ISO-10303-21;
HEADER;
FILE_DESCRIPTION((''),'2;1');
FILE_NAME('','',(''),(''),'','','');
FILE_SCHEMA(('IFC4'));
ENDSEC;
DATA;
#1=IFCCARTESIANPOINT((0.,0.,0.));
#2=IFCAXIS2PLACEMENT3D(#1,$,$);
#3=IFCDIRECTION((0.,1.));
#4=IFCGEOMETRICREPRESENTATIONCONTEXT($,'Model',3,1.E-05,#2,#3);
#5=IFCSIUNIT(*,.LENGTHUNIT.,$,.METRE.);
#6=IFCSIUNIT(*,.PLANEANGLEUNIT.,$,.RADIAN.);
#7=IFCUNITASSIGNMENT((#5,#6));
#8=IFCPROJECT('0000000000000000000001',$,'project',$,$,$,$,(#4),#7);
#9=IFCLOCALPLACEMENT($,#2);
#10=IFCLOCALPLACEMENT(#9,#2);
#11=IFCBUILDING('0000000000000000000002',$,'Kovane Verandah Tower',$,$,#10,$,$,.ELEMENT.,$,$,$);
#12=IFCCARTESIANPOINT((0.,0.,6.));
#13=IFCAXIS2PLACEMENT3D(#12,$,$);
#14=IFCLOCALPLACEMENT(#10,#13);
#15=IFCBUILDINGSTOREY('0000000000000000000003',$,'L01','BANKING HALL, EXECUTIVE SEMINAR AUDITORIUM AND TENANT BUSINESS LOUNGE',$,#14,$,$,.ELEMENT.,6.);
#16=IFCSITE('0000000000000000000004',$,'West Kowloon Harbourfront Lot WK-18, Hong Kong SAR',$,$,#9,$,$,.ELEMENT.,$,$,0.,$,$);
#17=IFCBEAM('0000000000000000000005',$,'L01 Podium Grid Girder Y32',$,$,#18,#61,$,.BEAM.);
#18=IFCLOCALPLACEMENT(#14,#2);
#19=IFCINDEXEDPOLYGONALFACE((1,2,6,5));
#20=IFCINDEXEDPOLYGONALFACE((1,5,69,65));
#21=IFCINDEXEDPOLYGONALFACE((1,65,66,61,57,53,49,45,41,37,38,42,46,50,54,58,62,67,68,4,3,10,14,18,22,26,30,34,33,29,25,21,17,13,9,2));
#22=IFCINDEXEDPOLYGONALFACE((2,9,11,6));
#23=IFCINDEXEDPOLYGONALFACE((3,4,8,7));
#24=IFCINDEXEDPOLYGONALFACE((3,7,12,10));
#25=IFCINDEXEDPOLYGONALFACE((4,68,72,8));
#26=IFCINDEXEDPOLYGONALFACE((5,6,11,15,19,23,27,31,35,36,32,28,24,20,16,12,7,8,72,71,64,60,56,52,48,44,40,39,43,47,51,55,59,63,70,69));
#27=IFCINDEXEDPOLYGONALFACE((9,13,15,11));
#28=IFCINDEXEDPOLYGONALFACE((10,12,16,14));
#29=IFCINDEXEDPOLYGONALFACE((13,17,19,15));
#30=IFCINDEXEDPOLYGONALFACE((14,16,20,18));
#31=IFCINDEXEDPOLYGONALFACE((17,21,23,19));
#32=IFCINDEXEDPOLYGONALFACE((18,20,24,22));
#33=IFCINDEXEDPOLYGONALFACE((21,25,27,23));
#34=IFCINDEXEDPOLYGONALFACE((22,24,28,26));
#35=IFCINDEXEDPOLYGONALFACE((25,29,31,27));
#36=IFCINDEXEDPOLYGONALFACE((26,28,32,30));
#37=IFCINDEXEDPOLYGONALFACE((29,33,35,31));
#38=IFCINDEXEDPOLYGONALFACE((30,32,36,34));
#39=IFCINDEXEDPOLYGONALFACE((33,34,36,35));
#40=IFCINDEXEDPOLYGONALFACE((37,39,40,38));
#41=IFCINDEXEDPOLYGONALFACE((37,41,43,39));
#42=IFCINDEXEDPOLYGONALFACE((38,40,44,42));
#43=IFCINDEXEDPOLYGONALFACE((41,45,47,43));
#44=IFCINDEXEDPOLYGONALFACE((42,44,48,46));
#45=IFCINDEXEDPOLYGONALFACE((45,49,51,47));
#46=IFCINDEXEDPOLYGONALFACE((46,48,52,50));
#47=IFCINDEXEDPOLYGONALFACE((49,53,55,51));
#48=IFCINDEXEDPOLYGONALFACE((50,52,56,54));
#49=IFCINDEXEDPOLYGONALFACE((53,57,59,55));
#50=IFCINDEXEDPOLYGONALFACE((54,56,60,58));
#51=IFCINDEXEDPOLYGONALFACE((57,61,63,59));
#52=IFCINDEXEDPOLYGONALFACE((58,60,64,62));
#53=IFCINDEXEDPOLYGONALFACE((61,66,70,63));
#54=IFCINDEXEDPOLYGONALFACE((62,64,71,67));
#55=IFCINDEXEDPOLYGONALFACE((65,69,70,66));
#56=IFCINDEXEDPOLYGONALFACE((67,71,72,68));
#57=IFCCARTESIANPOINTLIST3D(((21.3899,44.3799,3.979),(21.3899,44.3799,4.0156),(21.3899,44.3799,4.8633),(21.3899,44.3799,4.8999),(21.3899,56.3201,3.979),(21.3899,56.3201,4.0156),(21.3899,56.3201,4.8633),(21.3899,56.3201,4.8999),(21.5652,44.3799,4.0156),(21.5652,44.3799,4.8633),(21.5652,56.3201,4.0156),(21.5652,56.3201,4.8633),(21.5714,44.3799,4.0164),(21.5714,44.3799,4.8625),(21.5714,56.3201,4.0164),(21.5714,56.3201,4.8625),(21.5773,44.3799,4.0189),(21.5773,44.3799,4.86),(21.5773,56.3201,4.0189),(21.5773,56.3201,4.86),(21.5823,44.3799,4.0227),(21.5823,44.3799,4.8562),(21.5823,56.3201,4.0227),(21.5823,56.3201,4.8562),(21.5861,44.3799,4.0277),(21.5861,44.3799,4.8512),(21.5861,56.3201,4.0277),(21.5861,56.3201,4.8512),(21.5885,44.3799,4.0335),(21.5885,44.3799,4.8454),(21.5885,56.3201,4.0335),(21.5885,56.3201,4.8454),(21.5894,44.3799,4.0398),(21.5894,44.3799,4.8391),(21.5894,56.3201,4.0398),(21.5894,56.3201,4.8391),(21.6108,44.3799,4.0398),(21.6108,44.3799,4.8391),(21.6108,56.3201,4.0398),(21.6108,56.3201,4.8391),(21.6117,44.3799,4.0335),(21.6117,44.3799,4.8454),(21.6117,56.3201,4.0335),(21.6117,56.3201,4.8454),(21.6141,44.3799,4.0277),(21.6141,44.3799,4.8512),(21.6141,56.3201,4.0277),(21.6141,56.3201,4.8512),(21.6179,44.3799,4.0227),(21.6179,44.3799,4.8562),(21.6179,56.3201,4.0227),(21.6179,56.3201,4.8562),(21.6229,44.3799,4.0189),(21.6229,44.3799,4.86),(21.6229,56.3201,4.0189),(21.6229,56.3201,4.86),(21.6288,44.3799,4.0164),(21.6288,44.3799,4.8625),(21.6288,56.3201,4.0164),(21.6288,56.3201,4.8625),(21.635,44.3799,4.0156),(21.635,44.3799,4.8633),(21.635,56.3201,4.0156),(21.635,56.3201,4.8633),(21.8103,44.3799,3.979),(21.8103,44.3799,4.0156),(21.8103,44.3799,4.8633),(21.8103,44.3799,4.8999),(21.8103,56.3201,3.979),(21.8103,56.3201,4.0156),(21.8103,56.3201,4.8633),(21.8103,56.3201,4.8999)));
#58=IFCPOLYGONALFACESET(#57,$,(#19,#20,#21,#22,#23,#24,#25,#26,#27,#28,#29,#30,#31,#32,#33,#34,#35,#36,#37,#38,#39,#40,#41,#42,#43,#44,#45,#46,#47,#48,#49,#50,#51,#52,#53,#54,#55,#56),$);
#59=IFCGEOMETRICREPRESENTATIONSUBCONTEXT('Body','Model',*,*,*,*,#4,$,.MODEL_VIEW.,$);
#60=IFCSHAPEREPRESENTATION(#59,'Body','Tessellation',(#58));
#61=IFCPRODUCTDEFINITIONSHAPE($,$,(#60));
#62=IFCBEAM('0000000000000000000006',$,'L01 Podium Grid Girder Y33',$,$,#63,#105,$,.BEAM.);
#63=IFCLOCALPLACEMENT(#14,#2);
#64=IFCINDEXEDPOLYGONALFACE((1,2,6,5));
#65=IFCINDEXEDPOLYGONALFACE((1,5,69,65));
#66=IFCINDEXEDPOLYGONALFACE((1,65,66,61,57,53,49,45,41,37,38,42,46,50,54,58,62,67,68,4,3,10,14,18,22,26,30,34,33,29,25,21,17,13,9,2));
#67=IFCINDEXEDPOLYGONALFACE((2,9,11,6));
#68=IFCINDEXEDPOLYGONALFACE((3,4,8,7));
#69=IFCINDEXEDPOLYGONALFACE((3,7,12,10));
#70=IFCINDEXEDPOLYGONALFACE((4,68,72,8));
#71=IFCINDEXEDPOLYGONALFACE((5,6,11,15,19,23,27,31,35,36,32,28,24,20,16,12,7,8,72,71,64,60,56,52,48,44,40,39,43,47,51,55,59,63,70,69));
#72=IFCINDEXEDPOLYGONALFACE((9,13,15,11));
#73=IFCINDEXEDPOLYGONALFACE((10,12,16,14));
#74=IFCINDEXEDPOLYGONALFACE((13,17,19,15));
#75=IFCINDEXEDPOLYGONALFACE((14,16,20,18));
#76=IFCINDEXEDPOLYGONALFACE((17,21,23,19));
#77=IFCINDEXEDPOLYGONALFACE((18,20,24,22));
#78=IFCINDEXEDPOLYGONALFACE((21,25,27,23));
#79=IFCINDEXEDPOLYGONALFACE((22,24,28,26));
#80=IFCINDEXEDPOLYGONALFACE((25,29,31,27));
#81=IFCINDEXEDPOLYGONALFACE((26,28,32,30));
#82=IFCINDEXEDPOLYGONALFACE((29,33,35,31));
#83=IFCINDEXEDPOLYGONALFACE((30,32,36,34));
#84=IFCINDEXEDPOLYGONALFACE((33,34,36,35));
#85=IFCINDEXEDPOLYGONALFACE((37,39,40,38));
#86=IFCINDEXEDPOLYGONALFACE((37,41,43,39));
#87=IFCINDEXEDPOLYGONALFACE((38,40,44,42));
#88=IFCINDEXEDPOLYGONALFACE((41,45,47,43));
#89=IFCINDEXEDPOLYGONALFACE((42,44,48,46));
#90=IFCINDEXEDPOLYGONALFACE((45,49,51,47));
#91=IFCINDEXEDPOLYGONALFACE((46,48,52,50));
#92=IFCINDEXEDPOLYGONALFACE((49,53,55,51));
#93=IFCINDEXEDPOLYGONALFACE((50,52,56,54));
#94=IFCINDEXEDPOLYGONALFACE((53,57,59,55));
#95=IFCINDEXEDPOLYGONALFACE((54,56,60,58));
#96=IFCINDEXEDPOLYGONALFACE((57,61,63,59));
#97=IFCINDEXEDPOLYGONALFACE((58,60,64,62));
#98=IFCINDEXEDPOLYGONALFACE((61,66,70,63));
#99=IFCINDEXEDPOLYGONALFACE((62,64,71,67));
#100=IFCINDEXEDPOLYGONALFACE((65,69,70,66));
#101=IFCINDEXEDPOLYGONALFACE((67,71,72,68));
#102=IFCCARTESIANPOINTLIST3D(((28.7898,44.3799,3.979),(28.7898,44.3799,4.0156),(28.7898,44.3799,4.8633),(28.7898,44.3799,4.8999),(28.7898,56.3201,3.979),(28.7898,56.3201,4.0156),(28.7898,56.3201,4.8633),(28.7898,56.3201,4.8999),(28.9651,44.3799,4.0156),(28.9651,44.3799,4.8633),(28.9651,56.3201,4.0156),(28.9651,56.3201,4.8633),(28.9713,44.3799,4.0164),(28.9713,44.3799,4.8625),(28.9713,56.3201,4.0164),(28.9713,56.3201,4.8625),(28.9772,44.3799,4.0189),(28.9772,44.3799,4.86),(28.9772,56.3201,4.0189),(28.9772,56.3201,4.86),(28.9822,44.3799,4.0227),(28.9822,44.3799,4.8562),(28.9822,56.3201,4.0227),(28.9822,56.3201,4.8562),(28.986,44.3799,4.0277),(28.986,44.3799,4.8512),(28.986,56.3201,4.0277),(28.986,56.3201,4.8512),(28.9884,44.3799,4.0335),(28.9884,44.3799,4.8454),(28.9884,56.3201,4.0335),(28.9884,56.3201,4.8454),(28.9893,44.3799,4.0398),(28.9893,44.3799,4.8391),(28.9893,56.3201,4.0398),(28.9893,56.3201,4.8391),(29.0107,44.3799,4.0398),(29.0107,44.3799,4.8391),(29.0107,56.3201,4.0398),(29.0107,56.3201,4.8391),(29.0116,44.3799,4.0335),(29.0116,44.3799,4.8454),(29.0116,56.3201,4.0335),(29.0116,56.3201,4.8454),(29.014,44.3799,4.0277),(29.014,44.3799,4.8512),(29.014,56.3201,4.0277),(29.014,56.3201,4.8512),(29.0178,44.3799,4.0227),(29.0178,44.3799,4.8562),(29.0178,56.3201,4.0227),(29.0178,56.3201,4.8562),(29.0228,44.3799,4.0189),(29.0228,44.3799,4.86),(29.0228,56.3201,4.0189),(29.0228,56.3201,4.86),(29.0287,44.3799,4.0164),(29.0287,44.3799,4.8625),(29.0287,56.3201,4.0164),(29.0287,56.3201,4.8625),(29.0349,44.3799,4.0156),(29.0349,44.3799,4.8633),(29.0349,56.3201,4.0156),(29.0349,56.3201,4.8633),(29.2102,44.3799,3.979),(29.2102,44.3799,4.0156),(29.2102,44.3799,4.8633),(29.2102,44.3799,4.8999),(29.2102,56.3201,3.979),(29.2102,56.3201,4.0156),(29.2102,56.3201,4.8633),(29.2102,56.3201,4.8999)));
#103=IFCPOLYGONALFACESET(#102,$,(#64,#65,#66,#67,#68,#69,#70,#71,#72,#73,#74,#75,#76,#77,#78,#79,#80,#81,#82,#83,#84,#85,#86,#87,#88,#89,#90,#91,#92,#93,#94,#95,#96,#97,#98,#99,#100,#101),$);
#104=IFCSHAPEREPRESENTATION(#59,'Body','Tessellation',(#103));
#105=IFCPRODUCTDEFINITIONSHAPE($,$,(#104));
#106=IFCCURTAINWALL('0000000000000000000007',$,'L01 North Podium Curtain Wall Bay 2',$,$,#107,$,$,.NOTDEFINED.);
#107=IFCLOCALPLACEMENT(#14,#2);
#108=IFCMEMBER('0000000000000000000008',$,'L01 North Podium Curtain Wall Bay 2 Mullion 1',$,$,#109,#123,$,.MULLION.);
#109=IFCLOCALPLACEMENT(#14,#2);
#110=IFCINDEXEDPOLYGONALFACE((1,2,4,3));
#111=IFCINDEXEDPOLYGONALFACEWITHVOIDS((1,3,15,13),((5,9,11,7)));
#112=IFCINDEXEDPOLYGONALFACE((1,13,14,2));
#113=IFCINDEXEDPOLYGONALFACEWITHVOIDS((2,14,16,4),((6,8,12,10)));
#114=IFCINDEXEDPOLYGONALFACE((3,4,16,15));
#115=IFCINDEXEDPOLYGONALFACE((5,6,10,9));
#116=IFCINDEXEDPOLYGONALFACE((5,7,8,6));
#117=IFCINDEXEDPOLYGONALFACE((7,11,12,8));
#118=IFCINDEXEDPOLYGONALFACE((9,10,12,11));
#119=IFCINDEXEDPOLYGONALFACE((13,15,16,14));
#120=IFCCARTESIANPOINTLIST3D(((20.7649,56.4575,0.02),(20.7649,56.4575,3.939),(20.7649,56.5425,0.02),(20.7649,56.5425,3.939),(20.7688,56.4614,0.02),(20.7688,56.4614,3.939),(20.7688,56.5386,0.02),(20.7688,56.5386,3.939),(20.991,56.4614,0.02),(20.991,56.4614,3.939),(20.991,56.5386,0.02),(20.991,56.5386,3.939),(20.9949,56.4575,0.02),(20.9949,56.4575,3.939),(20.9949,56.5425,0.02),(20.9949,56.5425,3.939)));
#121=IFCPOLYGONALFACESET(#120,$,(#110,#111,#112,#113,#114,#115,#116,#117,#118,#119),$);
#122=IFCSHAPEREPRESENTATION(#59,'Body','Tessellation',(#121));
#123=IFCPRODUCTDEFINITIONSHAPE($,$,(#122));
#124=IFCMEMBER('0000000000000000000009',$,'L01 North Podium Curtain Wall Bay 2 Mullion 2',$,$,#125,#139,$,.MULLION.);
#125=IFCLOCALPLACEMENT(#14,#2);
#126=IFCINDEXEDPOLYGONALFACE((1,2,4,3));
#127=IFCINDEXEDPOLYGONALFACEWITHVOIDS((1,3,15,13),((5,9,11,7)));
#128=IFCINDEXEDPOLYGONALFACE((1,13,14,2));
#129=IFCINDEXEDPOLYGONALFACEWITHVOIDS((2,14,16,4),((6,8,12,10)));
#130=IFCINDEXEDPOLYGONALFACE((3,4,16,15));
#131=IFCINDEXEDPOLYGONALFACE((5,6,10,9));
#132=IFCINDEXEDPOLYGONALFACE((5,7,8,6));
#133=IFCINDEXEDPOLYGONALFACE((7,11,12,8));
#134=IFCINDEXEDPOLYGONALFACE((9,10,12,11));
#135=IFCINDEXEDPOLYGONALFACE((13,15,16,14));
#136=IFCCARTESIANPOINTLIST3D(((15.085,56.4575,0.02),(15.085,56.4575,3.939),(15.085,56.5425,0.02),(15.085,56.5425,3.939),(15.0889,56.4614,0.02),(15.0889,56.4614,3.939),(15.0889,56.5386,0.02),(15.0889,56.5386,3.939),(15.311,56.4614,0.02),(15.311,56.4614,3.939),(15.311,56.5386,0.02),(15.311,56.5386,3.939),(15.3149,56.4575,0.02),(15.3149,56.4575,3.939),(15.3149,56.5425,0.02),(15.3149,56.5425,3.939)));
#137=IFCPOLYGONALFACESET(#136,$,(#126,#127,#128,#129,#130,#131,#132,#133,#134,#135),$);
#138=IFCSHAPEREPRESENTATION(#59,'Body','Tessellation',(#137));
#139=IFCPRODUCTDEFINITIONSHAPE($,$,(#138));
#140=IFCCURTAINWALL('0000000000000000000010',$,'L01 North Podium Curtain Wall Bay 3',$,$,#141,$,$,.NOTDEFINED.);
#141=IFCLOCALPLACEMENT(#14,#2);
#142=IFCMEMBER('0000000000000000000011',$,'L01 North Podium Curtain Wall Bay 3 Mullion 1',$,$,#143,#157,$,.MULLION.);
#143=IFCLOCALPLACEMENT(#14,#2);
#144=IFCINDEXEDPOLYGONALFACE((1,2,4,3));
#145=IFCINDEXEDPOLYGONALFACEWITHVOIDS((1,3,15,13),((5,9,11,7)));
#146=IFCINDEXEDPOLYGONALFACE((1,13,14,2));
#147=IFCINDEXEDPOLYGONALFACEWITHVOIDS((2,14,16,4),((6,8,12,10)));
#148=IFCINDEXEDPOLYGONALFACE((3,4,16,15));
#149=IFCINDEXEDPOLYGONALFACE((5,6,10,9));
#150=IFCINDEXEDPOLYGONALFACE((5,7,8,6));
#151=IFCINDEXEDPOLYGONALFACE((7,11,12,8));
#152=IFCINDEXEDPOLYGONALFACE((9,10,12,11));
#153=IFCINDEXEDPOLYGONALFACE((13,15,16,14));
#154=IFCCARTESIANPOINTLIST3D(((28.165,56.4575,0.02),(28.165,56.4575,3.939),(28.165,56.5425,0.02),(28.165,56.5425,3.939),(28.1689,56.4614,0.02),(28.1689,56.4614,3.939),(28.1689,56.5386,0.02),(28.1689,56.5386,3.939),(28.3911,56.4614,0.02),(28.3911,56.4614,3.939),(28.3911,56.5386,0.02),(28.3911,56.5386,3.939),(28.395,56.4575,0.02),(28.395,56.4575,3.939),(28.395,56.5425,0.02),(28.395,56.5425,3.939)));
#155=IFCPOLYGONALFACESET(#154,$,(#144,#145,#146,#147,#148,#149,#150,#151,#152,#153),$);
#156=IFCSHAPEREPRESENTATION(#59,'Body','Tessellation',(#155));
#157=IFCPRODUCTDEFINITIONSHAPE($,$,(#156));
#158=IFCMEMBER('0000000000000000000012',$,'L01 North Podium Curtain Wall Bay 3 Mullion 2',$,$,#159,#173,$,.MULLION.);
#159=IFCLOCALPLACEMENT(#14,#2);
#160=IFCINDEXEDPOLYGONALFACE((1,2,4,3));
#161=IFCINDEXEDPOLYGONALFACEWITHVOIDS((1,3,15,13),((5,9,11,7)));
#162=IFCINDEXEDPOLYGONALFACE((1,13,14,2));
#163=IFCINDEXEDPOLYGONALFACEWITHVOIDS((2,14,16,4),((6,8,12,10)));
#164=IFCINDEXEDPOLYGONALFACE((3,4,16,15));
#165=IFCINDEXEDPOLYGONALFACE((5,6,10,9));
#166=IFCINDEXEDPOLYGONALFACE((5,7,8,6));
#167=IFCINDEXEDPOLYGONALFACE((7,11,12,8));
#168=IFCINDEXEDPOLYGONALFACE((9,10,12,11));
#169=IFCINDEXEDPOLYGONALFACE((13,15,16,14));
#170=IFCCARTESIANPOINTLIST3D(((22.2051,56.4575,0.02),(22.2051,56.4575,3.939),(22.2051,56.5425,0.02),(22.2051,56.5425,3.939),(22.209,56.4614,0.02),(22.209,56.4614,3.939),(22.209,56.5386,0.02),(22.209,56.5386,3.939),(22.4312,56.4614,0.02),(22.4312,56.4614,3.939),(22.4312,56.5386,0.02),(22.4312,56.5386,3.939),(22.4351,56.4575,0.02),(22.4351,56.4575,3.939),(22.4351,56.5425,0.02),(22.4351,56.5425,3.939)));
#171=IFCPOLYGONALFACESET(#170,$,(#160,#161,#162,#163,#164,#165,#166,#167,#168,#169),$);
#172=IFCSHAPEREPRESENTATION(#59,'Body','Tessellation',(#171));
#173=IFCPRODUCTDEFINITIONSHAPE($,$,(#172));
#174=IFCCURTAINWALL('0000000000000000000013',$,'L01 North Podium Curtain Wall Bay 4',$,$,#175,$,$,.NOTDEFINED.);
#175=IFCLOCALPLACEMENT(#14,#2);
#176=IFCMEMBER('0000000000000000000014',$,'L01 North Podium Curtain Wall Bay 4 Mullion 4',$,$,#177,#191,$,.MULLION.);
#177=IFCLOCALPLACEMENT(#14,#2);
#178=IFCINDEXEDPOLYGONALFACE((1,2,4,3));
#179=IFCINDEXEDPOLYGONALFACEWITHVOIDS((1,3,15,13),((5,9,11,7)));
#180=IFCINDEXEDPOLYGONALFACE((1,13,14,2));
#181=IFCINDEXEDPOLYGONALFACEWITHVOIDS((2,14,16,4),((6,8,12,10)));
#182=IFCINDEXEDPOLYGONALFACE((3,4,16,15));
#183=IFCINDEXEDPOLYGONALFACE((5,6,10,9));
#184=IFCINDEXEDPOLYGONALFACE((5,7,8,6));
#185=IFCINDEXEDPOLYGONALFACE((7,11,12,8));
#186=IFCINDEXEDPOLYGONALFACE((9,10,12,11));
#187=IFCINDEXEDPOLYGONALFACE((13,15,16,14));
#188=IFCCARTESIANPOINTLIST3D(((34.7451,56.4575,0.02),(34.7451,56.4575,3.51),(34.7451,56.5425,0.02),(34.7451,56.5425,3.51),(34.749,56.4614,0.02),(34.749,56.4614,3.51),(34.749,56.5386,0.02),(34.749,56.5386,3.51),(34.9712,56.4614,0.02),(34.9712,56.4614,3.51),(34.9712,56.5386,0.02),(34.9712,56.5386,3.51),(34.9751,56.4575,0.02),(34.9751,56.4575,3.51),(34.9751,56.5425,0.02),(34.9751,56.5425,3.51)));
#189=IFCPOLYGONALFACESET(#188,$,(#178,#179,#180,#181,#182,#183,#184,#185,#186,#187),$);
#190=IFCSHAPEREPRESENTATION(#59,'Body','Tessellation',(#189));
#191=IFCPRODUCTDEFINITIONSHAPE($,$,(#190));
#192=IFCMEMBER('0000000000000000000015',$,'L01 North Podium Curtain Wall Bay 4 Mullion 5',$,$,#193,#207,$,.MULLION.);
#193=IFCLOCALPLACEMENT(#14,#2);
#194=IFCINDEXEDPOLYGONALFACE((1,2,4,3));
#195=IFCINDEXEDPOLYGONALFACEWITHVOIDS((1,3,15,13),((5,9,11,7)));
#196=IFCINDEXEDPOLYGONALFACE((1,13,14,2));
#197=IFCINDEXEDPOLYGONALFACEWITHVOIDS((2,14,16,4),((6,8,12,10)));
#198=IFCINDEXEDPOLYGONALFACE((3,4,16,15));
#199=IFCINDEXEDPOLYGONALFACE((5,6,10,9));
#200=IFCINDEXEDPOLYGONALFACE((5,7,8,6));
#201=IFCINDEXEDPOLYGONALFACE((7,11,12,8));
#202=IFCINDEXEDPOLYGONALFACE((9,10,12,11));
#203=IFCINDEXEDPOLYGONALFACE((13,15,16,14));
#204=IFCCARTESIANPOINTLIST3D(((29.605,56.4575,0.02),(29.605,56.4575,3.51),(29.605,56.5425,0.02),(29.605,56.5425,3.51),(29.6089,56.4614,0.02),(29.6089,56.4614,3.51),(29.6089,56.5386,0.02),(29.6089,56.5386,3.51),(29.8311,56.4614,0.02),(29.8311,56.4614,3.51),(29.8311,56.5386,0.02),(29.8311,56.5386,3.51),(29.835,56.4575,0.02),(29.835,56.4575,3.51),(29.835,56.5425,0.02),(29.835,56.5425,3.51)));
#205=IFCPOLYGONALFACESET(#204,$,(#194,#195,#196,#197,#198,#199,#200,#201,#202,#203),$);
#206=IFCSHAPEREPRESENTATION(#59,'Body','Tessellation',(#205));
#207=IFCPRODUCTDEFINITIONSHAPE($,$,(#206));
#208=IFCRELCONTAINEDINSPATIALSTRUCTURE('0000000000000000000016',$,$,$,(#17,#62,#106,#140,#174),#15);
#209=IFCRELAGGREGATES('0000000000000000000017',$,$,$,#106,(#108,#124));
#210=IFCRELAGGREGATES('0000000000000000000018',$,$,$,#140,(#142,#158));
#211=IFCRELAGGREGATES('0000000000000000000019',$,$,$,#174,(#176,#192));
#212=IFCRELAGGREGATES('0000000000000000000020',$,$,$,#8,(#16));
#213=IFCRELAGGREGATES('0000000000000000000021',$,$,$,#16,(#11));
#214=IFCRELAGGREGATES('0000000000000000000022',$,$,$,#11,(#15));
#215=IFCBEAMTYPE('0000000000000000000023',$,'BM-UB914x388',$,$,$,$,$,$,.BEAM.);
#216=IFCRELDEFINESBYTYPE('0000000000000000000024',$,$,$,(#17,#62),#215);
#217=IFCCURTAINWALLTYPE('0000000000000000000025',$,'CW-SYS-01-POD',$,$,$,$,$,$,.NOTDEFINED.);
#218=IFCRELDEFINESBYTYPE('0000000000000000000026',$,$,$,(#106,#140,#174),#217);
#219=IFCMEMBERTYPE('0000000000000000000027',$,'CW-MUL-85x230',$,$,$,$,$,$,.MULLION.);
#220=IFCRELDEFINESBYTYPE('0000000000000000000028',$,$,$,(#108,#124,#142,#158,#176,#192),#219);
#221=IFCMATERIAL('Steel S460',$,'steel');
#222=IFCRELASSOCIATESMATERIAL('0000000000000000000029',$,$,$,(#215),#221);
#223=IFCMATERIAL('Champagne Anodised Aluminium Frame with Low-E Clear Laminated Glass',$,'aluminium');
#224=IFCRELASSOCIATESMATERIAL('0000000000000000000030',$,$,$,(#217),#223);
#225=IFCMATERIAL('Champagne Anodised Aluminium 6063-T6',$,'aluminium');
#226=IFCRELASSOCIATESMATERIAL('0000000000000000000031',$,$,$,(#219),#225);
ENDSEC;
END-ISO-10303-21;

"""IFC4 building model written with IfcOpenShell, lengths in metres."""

from ifc_helpers import new_model, si_unit, direction, frame, origin, origin_2d, place, context, subcontext, project, spatial, hollow_rectangle, i_section, extrude, material, material_profile, profile_set, type_object, element, aggregate, save


model = new_model("IFC4")

# Units and contexts
model_context = context("Model", 3, precision=1e-05, world=origin(), true_north=direction((0.0, 1.0)))
body_context = subcontext(model_context, "Body", "Model", "MODEL_VIEW")
ifc_project = project(units=[si_unit("LENGTHUNIT", "METRE"), si_unit("PLANEANGLEUNIT", "RADIAN")], contexts=[model_context])

# Site, building, storey
site_placement = place(None, origin())
site = spatial("IfcSite", under=ifc_project, at=site_placement, Name="West Kowloon Harbourfront Lot WK-18, Hong Kong SAR", CompositionType="ELEMENT", RefElevation=0.0)
building_placement = place(site_placement, origin())
building = spatial("IfcBuilding", under=site, at=building_placement, Name="Kovane Verandah Tower", CompositionType="ELEMENT")
storey_placement = place(building_placement, frame((0.0, 0.0, 6.0)))
storey = spatial("IfcBuildingStorey", under=building, at=storey_placement, Name="L01", Description="BANKING HALL, EXECUTIVE SEMINAR AUDITORIUM AND TENANT BUSINESS LOUNGE", CompositionType="ELEMENT", Elevation=6.0)

# Shared definitions
ifc_material_1 = material(Name="Steel S460", Category="steel")

# Beams
ifc_material_profile_1 = material_profile(ifc_material_1, i_section(OverallWidth=0.4204, OverallDepth=0.9209, WebThickness=0.0215, FlangeThickness=0.0366, FilletRadius=0.0242, at=origin_2d()), Name="UB914x419x388")
ifc_profile_set_1 = profile_set([ifc_material_profile_1], Name="Steel S460")
beam_type_1 = type_object("IfcBeamType", Name="BM-UB914x388", PredefinedType="BEAM", material=ifc_profile_set_1)
for number, where, z_axis, x_axis, name in (
    (1, (21.6001, 44.3799, 4.4395), (0.0, 1.0, 0.0), (-1.0, 0.0, 0.0), "L01 Podium Grid Girder Y32"),
    (2, (29.0, 44.3799, 4.4395), (0.0, 1.0, 0.0), (-1.0, 0.0, 0.0), "L01 Podium Grid Girder Y33"),
):
    element("IfcBeam", number, at=place(storey_placement, frame(where, z_axis=z_axis, x_axis=x_axis)), inside=storey, type_object=beam_type_1, Name=name, PredefinedType="BEAM", context=body_context, shape_type="SweptSolid", body=[
        extrude(i_section(OverallWidth=0.4204, OverallDepth=0.9209, WebThickness=0.0215, FlangeThickness=0.0366, FilletRadius=0.0242, at=origin_2d()), origin(), (0.0, 0.0, 1.0), 11.9402),
    ])

# Curtain walls, members
ifc_material_2 = material(Name="Champagne Anodised Aluminium Frame with Low-E Clear Laminated Glass", Category="aluminium")
curtain_wall_type = type_object("IfcCurtainWallType", Name="CW-SYS-01-POD", PredefinedType="NOTDEFINED", material=ifc_material_2)
curtain_wall_1_placement = place(storey_placement, origin())
curtain_wall_1 = element("IfcCurtainWall", 3, at=curtain_wall_1_placement, inside=storey, type_object=curtain_wall_type, Name="L01 North Podium Curtain Wall Bay 2", PredefinedType="NOTDEFINED")
ifc_material_3 = material(Name="Champagne Anodised Aluminium 6063-T6", Category="aluminium")
ifc_material_profile_2 = material_profile(ifc_material_3, hollow_rectangle(XDim=0.085, YDim=0.23, WallThickness=0.0039, at=origin_2d()), Name="AL85x230x4")
ifc_profile_set_2 = profile_set([ifc_material_profile_2], Name="Champagne Anodised Aluminium 6063-T6")
member_type_1 = type_object("IfcMemberType", Name="CW-MUL-85x230", PredefinedType="MULLION", material=ifc_profile_set_2)
member_1_placement = place(storey_placement, frame((20.8799, 56.5, 0.02), z_axis=(0.0, 0.0, 1.0), x_axis=(0.0, 1.0, 0.0)))
member_1 = element("IfcMember", 4, at=member_1_placement, type_object=member_type_1, Name="L01 North Podium Curtain Wall Bay 2 Mullion 1", PredefinedType="MULLION", context=body_context, shape_type="SweptSolid", body=[
    extrude(hollow_rectangle(XDim=0.085, YDim=0.23, WallThickness=0.0039, at=origin_2d()), origin(), (0.0, 0.0, 1.0), 3.9189),
])
member_2_placement = place(storey_placement, frame((15.2, 56.5, 0.02), z_axis=(0.0, 0.0, 1.0), x_axis=(0.0, 1.0, 0.0)))
member_2 = element("IfcMember", 5, at=member_2_placement, type_object=member_type_1, Name="L01 North Podium Curtain Wall Bay 2 Mullion 2", PredefinedType="MULLION", context=body_context, shape_type="SweptSolid", body=[
    extrude(hollow_rectangle(XDim=0.085, YDim=0.23, WallThickness=0.0039, at=origin_2d()), origin(), (0.0, 0.0, 1.0), 3.9189),
])
curtain_wall_2_placement = place(storey_placement, origin())
curtain_wall_2 = element("IfcCurtainWall", 6, at=curtain_wall_2_placement, inside=storey, type_object=curtain_wall_type, Name="L01 North Podium Curtain Wall Bay 3", PredefinedType="NOTDEFINED")
member_3_placement = place(storey_placement, frame((28.28, 56.5, 0.02), z_axis=(0.0, 0.0, 1.0), x_axis=(0.0, 1.0, 0.0)))
member_3 = element("IfcMember", 7, at=member_3_placement, type_object=member_type_1, Name="L01 North Podium Curtain Wall Bay 3 Mullion 1", PredefinedType="MULLION", context=body_context, shape_type="SweptSolid", body=[
    extrude(hollow_rectangle(XDim=0.085, YDim=0.23, WallThickness=0.0039, at=origin_2d()), origin(), (0.0, 0.0, 1.0), 3.9189),
])
member_4_placement = place(storey_placement, frame((22.3201, 56.5, 0.02), z_axis=(0.0, 0.0, 1.0), x_axis=(0.0, 1.0, 0.0)))
member_4 = element("IfcMember", 8, at=member_4_placement, type_object=member_type_1, Name="L01 North Podium Curtain Wall Bay 3 Mullion 2", PredefinedType="MULLION", context=body_context, shape_type="SweptSolid", body=[
    extrude(hollow_rectangle(XDim=0.085, YDim=0.23, WallThickness=0.0039, at=origin_2d()), origin(), (0.0, 0.0, 1.0), 3.9189),
])
curtain_wall_3_placement = place(storey_placement, origin())
curtain_wall_3 = element("IfcCurtainWall", 9, at=curtain_wall_3_placement, inside=storey, type_object=curtain_wall_type, Name="L01 North Podium Curtain Wall Bay 4", PredefinedType="NOTDEFINED")
member_5_placement = place(storey_placement, frame((34.8601, 56.5, 0.02), z_axis=(0.0, 0.0, 1.0), x_axis=(0.0, 1.0, 0.0)))
member_5 = element("IfcMember", 10, at=member_5_placement, type_object=member_type_1, Name="L01 North Podium Curtain Wall Bay 4 Mullion 4", PredefinedType="MULLION", context=body_context, shape_type="SweptSolid", body=[
    extrude(hollow_rectangle(XDim=0.085, YDim=0.23, WallThickness=0.0039, at=origin_2d()), origin(), (0.0, 0.0, 1.0), 3.49),
])
member_6_placement = place(storey_placement, frame((29.72, 56.5, 0.02), z_axis=(0.0, 0.0, 1.0), x_axis=(0.0, 1.0, 0.0)))
member_6 = element("IfcMember", 11, at=member_6_placement, type_object=member_type_1, Name="L01 North Podium Curtain Wall Bay 4 Mullion 5", PredefinedType="MULLION", context=body_context, shape_type="SweptSolid", body=[
    extrude(hollow_rectangle(XDim=0.085, YDim=0.23, WallThickness=0.0039, at=origin_2d()), origin(), (0.0, 0.0, 1.0), 3.49),
])

aggregate(curtain_wall_1, [member_1, member_2])
aggregate(curtain_wall_2, [member_3, member_4])
aggregate(curtain_wall_3, [member_5, member_6])

save(model, "model.ifc")
